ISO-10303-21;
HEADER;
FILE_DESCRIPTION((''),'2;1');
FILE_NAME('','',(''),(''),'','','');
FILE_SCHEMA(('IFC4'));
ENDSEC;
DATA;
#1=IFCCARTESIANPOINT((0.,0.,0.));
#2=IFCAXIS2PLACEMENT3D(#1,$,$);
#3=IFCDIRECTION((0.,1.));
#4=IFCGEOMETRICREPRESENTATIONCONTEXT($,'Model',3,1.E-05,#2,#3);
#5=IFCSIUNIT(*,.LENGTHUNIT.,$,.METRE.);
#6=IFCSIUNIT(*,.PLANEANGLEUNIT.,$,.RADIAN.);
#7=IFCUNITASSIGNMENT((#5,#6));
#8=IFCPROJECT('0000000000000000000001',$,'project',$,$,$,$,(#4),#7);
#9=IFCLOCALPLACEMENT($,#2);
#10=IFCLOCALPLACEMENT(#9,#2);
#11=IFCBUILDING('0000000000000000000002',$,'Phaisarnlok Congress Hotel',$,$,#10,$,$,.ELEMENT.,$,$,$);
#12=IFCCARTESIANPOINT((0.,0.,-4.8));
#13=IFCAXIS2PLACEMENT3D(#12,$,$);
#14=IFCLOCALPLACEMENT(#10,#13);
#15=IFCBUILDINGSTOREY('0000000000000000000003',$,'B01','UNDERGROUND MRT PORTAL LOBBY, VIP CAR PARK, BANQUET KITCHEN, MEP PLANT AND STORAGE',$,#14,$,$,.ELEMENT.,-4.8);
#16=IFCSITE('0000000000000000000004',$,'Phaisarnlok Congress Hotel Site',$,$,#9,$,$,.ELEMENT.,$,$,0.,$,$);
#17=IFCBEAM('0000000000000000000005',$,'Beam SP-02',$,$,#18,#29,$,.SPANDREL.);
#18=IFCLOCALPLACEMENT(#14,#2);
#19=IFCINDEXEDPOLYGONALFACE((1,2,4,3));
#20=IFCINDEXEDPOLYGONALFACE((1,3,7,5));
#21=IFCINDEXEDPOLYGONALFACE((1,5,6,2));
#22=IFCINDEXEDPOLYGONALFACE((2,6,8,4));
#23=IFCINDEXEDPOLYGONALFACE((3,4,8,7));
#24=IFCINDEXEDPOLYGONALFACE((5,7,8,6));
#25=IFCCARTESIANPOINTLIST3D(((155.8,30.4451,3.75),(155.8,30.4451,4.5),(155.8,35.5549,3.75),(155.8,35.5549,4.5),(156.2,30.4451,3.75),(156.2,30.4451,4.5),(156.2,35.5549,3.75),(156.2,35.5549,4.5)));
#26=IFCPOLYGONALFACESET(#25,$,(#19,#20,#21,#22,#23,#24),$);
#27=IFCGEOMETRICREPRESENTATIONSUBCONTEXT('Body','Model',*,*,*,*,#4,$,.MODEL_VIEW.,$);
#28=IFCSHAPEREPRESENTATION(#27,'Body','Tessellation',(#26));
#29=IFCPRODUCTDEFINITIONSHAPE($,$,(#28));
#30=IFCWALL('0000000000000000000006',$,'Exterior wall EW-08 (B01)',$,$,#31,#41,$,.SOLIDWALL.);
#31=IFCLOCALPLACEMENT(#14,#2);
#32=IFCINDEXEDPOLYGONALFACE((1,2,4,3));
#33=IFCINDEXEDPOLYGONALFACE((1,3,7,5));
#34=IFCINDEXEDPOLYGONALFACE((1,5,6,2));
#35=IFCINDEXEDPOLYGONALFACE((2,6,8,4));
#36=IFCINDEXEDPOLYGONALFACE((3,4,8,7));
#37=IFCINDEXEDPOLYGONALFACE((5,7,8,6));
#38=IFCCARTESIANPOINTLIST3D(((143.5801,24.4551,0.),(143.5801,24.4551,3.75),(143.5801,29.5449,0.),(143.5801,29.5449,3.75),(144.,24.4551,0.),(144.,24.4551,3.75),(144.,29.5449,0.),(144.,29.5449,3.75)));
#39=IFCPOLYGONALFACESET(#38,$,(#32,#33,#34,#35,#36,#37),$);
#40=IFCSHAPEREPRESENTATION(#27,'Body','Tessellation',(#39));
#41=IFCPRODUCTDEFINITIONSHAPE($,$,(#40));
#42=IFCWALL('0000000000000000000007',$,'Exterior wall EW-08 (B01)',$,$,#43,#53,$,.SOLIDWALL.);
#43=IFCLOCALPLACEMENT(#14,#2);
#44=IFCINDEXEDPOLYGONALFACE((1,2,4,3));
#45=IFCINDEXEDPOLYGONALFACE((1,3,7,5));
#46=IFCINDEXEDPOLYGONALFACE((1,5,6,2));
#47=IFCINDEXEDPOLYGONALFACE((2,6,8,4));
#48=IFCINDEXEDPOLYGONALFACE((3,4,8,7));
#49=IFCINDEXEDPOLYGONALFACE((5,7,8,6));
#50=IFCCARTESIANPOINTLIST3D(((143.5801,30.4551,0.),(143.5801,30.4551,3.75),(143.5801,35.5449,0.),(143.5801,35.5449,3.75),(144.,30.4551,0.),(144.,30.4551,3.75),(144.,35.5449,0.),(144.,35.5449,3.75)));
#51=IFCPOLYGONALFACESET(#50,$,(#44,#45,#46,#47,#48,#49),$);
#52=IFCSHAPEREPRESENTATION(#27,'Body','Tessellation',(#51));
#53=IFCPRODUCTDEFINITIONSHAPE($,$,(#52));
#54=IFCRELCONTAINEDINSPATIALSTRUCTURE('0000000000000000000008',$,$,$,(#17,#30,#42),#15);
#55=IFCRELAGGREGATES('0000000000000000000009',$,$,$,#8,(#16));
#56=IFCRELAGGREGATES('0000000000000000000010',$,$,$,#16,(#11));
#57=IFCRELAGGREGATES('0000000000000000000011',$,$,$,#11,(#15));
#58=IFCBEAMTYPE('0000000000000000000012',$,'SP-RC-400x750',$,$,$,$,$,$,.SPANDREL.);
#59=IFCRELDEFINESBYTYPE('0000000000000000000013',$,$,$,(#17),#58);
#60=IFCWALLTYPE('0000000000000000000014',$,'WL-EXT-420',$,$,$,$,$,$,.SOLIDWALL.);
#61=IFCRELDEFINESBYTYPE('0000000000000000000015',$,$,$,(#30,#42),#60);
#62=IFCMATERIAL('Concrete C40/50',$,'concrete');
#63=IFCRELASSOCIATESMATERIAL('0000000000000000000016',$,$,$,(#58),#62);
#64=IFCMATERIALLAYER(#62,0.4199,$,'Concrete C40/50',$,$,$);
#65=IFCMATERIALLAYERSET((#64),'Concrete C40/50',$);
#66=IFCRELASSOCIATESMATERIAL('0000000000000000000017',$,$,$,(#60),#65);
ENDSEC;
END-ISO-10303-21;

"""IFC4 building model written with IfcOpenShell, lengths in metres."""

from ifc_helpers import new_model, si_unit, direction, frame, frame_2d, origin, origin_2d, place, context, subcontext, project, spatial, rectangle, extrude, material, layer, layer_set, material_profile, profile_set, type_object, element, save


model = new_model("IFC4")

# Units and contexts
model_context = context("Model", 3, precision=1e-05, world=origin(), true_north=direction((0.0, 1.0)))
body_context = subcontext(model_context, "Body", "Model", "MODEL_VIEW")
ifc_project = project(units=[si_unit("LENGTHUNIT", "METRE"), si_unit("PLANEANGLEUNIT", "RADIAN")], contexts=[model_context])

# Site, building, storey
site_placement = place(None, origin())
site = spatial("IfcSite", under=ifc_project, at=site_placement, Name="Phaisarnlok Congress Hotel Site", CompositionType="ELEMENT", RefElevation=0.0)
building_placement = place(site_placement, origin())
building = spatial("IfcBuilding", under=site, at=building_placement, Name="Phaisarnlok Congress Hotel", CompositionType="ELEMENT")
storey_placement = place(building_placement, frame((0.0, 0.0, -4.8)))
storey = spatial("IfcBuildingStorey", under=building, at=storey_placement, Name="B01", Description="UNDERGROUND MRT PORTAL LOBBY, VIP CAR PARK, BANQUET KITCHEN, MEP PLANT AND STORAGE", CompositionType="ELEMENT", Elevation=-4.8)

# Shared definitions
ifc_material_1 = material(Name="Concrete C40/50", Category="concrete")

# Beam
ifc_material_profile_1 = material_profile(ifc_material_1, rectangle(XDim=0.3999, YDim=0.75, at=origin_2d()), Name="RC 400x750")
ifc_profile_set_1 = profile_set([ifc_material_profile_1], Name="Concrete C40/50")
beam_type_1 = type_object("IfcBeamType", Name="SP-RC-400x750", PredefinedType="SPANDREL", material=ifc_profile_set_1)
for number, where, z_axis, x_axis, name in (
    (1, (156.0, 30.4451, 4.125), (0.0, 1.0, 0.0), (-1.0, 0.0, 0.0), "Beam SP-02"),
):
    element("IfcBeam", number, at=place(storey_placement, frame(where, z_axis=z_axis, x_axis=x_axis)), inside=storey, type_object=beam_type_1, Name=name, PredefinedType="SPANDREL", context=body_context, shape_type="SweptSolid", body=[
        extrude(rectangle(XDim=0.3999, YDim=0.75, at=origin_2d()), origin(), (0.0, 0.0, 1.0), 5.1099),
    ])

# Walls
ifc_layer = layer(ifc_material_1, 0.4199, Name="Concrete C40/50")
ifc_layer_set = layer_set([ifc_layer], Name="Concrete C40/50")
wall_type = type_object("IfcWallType", Name="WL-EXT-420", PredefinedType="SOLIDWALL", material=ifc_layer_set)
for number, where, z_axis, x_axis, name in (
    (2, (143.79, 24.4551, 0.0), (0.0, 0.0, 1.0), (0.0, 1.0, 0.0), "Exterior wall EW-08 (B01)"),
    (3, (143.79, 30.4551, 0.0), (0.0, 0.0, 1.0), (0.0, 1.0, 0.0), "Exterior wall EW-08 (B01)"),
):
    element("IfcWall", number, at=place(storey_placement, frame(where, z_axis=z_axis, x_axis=x_axis)), inside=storey, type_object=wall_type, Name=name, PredefinedType="SOLIDWALL", context=body_context, shape_type="SweptSolid", body=[
        extrude(rectangle(XDim=5.0898, YDim=0.4199, at=frame_2d((2.5449, 0.0))), origin(), (0.0, 0.0, 1.0), 3.75),
    ])

save(model, "model.ifc")
